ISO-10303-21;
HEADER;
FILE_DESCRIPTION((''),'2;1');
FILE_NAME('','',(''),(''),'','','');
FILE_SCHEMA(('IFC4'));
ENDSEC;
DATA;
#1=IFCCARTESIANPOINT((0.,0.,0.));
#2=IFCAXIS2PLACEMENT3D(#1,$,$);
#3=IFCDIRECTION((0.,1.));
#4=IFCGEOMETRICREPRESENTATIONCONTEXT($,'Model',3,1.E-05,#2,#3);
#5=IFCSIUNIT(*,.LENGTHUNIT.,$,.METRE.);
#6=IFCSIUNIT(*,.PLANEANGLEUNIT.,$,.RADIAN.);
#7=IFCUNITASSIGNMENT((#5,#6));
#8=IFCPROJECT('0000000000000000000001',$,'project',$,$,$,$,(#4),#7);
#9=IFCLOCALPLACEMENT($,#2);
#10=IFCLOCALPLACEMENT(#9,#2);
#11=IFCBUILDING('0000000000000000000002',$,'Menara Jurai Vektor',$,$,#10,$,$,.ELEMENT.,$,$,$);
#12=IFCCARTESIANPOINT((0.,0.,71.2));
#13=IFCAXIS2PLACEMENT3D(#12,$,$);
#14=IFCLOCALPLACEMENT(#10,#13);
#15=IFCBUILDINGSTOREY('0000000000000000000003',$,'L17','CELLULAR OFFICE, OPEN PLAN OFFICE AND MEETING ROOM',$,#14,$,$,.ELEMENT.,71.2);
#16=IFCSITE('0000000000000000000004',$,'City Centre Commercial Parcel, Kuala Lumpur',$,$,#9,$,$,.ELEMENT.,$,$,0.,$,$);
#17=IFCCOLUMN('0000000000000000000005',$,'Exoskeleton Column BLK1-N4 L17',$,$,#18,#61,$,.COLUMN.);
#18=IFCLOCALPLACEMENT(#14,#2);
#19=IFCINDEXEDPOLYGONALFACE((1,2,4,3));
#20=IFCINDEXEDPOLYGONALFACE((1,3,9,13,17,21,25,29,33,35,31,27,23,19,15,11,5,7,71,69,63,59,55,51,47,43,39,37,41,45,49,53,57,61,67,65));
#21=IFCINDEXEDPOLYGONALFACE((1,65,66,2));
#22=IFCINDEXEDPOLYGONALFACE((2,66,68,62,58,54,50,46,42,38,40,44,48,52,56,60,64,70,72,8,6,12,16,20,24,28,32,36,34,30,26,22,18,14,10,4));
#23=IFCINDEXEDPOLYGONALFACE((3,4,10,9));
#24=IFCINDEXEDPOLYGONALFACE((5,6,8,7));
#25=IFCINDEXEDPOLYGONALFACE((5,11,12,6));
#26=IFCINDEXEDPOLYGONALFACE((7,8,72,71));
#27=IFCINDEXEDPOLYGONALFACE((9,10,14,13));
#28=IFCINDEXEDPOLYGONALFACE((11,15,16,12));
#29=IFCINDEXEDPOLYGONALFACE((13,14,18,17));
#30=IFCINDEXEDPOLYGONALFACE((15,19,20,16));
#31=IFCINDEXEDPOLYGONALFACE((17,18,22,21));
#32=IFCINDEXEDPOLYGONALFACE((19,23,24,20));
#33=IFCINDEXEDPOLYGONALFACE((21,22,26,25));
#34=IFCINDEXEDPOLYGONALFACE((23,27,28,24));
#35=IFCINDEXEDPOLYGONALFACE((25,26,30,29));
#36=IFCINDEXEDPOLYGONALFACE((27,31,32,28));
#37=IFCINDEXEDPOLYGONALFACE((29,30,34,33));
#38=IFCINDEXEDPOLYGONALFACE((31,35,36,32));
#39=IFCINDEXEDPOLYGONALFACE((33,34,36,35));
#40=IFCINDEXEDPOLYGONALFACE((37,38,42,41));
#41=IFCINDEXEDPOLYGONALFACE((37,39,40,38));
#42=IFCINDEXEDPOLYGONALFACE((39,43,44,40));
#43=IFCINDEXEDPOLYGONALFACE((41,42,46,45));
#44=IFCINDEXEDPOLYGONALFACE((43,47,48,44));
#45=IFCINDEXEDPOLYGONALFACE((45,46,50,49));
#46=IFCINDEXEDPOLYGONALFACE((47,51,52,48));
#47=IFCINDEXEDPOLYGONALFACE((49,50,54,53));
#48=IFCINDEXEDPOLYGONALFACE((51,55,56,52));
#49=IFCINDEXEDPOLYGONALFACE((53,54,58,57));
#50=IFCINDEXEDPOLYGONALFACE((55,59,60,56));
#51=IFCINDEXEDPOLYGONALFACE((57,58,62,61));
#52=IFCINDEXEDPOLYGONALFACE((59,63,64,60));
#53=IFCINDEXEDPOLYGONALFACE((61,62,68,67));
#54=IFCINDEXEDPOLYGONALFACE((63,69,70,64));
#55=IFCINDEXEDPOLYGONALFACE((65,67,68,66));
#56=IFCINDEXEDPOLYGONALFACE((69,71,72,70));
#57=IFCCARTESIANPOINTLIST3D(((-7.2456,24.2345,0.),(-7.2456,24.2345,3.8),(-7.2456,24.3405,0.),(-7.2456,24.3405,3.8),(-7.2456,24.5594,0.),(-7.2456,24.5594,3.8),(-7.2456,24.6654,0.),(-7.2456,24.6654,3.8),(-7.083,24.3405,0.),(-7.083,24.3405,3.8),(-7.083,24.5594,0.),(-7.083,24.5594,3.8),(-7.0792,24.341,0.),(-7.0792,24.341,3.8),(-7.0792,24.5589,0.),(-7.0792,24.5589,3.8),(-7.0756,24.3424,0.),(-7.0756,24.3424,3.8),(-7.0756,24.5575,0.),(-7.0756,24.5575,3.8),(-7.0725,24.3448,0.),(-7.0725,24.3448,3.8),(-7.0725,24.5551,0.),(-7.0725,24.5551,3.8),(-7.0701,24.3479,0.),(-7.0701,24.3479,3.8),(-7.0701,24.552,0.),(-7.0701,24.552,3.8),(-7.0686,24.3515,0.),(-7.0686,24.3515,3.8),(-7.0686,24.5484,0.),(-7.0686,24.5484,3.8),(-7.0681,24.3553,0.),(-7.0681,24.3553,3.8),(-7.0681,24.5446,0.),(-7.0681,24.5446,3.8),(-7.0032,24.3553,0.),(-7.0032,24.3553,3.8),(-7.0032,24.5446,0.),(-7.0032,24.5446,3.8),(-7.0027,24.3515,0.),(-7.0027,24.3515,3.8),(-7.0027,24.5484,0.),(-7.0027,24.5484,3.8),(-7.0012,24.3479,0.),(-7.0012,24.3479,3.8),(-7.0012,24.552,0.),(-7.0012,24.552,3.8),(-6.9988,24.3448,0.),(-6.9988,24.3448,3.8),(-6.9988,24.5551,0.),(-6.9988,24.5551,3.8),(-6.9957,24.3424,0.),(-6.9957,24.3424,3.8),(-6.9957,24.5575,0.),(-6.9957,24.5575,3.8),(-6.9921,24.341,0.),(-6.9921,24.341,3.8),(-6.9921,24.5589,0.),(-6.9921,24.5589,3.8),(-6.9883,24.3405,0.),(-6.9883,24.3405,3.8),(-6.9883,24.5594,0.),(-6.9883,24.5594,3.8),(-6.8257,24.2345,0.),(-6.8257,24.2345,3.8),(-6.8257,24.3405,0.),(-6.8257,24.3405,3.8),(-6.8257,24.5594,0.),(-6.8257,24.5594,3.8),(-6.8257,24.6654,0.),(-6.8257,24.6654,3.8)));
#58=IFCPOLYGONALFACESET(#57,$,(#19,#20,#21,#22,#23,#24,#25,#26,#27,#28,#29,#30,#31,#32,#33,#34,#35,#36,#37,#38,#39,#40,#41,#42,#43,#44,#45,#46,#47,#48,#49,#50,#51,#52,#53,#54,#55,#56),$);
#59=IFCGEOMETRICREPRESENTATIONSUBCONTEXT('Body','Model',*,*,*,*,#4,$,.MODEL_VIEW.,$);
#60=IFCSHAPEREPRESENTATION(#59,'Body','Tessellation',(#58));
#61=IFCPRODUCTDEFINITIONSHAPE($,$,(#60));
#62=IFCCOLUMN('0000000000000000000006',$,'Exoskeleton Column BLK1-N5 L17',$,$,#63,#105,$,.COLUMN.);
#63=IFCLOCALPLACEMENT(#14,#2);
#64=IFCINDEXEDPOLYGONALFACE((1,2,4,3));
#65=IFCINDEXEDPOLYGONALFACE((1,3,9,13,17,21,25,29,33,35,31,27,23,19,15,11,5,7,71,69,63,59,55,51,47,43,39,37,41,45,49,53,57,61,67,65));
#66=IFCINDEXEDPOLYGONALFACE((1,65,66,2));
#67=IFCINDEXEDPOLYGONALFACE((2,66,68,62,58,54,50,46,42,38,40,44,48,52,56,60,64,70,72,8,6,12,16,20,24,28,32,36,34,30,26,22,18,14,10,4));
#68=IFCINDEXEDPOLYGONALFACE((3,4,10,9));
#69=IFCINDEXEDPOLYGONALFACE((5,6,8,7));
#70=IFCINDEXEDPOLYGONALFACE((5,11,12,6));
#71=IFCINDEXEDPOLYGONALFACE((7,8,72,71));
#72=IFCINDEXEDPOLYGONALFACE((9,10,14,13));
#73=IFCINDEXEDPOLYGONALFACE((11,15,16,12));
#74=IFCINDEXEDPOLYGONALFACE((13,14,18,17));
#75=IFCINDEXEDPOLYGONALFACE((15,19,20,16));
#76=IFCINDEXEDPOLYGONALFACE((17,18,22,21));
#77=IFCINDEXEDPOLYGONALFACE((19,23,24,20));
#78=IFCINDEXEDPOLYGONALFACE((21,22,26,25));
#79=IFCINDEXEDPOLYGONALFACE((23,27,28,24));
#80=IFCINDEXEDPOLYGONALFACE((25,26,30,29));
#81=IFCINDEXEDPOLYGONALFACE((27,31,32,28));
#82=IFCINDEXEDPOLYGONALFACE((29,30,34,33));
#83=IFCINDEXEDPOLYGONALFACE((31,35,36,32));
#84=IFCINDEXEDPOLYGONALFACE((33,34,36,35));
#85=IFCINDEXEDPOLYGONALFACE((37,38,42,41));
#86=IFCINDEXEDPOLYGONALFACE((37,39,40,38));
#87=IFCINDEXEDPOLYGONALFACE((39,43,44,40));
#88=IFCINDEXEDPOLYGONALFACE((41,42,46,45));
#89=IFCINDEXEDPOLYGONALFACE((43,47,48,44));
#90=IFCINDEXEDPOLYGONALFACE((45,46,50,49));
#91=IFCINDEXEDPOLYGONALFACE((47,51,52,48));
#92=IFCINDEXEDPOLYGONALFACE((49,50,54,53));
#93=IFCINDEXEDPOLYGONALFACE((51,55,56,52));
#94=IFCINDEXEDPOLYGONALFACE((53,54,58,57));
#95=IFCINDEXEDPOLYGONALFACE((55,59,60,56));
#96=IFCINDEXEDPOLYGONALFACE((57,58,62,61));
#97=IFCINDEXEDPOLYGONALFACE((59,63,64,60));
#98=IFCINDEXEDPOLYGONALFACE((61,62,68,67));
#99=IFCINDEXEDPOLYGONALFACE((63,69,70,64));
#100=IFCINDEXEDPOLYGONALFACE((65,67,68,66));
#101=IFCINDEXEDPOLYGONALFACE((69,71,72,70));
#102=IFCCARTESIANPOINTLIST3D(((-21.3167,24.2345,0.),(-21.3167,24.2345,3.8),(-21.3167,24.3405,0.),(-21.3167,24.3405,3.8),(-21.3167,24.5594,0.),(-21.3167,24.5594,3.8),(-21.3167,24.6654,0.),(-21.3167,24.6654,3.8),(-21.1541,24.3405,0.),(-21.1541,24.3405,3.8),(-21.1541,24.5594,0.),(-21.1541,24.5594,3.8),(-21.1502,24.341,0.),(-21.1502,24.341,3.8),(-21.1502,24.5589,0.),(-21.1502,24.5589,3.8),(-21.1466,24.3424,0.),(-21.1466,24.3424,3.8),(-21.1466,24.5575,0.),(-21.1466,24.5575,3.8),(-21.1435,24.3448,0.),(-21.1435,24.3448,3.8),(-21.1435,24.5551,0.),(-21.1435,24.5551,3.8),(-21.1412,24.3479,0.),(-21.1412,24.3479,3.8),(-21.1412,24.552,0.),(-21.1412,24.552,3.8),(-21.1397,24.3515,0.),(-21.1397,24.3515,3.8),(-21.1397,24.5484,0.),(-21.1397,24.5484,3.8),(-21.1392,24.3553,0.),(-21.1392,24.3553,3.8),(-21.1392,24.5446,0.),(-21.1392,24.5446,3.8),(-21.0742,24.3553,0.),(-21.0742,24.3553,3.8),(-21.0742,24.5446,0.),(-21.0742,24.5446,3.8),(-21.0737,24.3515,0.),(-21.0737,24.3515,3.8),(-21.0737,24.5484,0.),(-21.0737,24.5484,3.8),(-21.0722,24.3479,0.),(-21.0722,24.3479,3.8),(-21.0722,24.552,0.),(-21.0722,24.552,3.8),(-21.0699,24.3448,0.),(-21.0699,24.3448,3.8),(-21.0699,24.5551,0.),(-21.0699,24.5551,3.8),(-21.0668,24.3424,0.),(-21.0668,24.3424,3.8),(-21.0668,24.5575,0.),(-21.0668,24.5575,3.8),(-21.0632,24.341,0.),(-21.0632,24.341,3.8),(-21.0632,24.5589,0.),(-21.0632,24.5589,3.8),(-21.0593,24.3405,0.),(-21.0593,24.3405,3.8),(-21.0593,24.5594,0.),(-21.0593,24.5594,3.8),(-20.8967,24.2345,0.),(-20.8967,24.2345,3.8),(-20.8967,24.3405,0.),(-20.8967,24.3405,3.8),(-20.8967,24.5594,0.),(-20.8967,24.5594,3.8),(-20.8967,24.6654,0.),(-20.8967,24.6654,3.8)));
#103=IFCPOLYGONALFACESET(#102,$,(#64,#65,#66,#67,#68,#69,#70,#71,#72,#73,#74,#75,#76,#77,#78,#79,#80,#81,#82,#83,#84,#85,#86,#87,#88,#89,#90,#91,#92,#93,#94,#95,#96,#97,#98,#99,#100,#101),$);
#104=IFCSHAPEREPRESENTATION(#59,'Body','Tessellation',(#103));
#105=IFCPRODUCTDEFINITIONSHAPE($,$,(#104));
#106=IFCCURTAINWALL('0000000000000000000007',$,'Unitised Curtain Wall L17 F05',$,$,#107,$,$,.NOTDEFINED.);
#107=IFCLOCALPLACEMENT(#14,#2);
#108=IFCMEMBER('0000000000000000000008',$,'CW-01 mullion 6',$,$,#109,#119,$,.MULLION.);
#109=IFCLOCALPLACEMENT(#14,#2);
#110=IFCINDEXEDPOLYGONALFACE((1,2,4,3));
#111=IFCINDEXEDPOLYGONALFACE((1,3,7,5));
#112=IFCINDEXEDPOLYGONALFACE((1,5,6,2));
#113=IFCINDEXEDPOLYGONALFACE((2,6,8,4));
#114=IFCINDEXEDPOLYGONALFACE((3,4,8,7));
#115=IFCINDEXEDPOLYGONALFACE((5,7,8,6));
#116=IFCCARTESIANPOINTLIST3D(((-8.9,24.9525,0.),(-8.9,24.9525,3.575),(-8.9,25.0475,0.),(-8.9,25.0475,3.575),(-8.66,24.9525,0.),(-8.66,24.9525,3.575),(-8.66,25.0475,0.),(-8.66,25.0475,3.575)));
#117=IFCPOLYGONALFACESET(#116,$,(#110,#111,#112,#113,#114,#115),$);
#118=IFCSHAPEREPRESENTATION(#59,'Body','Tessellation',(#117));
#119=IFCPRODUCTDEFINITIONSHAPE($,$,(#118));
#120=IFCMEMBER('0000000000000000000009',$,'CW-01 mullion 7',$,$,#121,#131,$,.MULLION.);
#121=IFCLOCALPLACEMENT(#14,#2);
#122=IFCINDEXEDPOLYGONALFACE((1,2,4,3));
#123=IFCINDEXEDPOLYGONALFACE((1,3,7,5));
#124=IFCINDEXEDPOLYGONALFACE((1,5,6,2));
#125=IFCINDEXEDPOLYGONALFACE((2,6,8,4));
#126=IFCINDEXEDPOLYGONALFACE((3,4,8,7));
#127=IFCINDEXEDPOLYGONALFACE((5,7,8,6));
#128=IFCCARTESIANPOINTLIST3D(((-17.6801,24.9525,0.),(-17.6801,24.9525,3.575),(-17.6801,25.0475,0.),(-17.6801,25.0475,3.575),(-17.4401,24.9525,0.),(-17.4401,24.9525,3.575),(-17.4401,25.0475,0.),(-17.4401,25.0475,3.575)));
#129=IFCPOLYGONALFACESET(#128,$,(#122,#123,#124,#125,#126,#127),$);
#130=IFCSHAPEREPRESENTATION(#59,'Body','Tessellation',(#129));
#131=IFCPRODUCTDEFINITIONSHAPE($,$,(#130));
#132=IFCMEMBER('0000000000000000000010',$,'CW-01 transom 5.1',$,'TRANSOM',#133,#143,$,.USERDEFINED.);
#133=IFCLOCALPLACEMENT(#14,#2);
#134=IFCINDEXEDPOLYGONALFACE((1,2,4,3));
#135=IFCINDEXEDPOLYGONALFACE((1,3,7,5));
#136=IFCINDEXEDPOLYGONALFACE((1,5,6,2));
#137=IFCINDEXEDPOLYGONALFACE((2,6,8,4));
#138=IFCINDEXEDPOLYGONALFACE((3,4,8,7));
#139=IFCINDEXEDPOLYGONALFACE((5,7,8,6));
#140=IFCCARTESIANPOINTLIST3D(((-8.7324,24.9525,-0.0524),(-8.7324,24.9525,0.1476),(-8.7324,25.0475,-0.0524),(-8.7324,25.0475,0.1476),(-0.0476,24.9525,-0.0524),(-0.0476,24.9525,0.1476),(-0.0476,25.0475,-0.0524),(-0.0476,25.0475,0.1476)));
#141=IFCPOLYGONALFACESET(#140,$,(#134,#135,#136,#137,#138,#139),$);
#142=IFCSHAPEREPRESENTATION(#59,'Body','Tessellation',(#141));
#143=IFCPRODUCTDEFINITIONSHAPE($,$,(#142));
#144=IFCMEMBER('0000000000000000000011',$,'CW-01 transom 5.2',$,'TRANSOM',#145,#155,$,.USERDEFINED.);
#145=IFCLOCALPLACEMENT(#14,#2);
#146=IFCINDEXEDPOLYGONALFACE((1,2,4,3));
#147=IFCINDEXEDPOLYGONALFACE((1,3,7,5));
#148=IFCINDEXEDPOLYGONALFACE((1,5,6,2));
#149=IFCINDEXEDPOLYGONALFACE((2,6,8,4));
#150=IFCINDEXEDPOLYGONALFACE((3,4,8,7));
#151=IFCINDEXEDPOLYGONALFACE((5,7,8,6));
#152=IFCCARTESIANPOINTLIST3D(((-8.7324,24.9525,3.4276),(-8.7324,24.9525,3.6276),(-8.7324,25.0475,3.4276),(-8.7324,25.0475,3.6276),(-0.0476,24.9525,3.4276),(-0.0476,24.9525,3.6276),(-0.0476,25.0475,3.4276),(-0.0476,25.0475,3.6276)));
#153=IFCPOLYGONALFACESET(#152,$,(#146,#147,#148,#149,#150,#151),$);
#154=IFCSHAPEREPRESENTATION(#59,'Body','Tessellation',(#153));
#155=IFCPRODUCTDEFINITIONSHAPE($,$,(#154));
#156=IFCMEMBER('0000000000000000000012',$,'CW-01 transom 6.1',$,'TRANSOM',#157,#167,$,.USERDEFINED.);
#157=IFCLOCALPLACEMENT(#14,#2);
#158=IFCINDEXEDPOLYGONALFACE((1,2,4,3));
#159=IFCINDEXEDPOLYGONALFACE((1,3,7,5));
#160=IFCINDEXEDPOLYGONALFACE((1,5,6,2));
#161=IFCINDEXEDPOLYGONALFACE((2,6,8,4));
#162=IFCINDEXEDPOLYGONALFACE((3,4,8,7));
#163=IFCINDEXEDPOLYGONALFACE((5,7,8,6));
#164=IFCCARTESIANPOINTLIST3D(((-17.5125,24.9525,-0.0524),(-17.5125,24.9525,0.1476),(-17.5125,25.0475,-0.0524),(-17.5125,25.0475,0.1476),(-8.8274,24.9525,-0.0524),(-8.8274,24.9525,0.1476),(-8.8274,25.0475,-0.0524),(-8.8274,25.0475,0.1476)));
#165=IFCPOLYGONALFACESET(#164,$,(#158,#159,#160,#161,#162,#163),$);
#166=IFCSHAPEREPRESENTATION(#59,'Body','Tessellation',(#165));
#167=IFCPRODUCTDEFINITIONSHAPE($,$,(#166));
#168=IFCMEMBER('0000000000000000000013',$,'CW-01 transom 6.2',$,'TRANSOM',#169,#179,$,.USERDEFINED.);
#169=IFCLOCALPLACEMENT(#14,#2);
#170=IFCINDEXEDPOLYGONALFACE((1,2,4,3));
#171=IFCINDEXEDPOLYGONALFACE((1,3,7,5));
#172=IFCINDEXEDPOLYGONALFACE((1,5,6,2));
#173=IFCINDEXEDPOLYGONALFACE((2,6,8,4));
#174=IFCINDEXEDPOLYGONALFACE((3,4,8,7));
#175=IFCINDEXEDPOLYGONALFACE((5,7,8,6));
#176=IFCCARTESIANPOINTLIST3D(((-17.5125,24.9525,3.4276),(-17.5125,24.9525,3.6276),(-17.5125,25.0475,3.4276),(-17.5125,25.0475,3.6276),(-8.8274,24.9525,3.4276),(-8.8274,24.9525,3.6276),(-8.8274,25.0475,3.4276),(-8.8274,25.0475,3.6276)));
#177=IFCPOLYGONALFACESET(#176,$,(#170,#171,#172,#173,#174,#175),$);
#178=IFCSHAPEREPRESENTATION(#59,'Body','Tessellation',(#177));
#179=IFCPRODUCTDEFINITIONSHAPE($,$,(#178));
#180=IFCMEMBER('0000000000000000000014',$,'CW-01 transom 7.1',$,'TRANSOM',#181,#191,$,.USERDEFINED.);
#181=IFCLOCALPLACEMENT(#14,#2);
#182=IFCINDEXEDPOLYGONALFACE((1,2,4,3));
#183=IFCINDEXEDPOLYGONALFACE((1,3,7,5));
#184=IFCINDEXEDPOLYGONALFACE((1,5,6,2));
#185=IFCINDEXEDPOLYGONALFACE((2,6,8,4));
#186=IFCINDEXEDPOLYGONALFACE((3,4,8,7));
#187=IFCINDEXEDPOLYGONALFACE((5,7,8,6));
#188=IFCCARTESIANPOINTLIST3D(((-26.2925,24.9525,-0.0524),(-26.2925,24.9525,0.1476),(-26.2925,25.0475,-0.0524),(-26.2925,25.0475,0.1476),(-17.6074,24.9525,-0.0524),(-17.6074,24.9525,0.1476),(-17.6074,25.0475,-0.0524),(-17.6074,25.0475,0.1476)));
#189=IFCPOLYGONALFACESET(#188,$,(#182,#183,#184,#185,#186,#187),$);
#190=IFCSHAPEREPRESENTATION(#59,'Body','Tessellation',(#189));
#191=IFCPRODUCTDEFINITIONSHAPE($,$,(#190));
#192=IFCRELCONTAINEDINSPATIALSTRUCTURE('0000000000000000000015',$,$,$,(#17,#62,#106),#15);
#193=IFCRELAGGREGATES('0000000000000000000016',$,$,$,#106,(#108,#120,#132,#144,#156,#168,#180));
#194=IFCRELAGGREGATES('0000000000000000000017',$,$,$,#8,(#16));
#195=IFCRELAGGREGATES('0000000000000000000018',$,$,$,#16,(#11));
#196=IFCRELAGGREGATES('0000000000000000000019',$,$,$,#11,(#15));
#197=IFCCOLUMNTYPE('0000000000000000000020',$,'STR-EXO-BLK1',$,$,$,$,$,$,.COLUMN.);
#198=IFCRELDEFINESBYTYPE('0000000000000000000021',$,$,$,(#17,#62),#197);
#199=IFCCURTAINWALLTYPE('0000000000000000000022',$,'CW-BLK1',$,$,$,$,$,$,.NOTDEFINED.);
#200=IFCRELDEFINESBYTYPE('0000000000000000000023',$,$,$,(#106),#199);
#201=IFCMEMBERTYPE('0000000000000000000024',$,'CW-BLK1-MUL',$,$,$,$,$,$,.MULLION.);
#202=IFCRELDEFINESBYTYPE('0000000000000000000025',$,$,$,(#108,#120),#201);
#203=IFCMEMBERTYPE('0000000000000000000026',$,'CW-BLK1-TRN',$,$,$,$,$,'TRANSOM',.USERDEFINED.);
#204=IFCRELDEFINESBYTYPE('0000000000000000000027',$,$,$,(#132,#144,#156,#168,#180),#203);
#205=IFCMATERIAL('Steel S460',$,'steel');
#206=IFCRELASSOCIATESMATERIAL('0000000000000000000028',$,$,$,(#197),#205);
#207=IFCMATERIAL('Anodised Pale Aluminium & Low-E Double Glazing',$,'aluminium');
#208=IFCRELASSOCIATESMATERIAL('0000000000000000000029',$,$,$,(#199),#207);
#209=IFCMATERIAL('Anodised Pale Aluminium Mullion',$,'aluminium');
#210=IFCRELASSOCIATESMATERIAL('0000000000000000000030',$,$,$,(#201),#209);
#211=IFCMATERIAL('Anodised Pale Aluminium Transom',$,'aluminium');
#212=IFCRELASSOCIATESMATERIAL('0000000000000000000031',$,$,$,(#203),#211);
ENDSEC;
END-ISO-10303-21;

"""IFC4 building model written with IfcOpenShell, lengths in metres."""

from ifc_helpers import new_model, si_unit, direction, frame, origin, origin_2d, place, context, subcontext, project, spatial, rectangle, i_section, extrude, material, material_profile, profile_set, type_object, element, aggregate, save


model = new_model("IFC4")

# Units and contexts
model_context = context("Model", 3, precision=1e-05, world=origin(), true_north=direction((0.0, 1.0)))
body_context = subcontext(model_context, "Body", "Model", "MODEL_VIEW")
ifc_project = project(units=[si_unit("LENGTHUNIT", "METRE"), si_unit("PLANEANGLEUNIT", "RADIAN")], contexts=[model_context])

# Site, building, storey
site_placement = place(None, origin())
site = spatial("IfcSite", under=ifc_project, at=site_placement, Name="City Centre Commercial Parcel, Kuala Lumpur", CompositionType="ELEMENT", RefElevation=0.0)
building_placement = place(site_placement, origin())
building = spatial("IfcBuilding", under=site, at=building_placement, Name="Menara Jurai Vektor", CompositionType="ELEMENT")
storey_placement = place(building_placement, frame((0.0, 0.0, 71.2)))
storey = spatial("IfcBuildingStorey", under=building, at=storey_placement, Name="L17", Description="CELLULAR OFFICE, OPEN PLAN OFFICE AND MEETING ROOM", CompositionType="ELEMENT", Elevation=71.2)

# Columns
ifc_material_1 = material(Name="Steel S460", Category="steel")
ifc_material_profile_1 = material_profile(ifc_material_1, i_section(OverallWidth=0.4199, OverallDepth=0.4309, WebThickness=0.0649, FlangeThickness=0.106, FilletRadius=0.0149, at=origin_2d()), Name="HD 400x900")
ifc_profile_set_1 = profile_set([ifc_material_profile_1], Name="Steel S460")
column_type = type_object("IfcColumnType", Name="STR-EXO-BLK1", PredefinedType="COLUMN", material=ifc_profile_set_1)
for number, where, z_axis, x_axis, name in (
    (1, (-7.0356, 24.45, 0.0), (0.0, 0.0, 1.0), (1.0, 0.0, 0.0), "Exoskeleton Column BLK1-N4 L17"),
    (2, (-21.1067, 24.45, 0.0), (0.0, 0.0, 1.0), (1.0, 0.0, 0.0), "Exoskeleton Column BLK1-N5 L17"),
):
    element("IfcColumn", number, at=place(storey_placement, frame(where, z_axis=z_axis, x_axis=x_axis)), inside=storey, type_object=column_type, Name=name, PredefinedType="COLUMN", context=body_context, shape_type="SweptSolid", body=[
        extrude(i_section(OverallWidth=0.4199, OverallDepth=0.4309, WebThickness=0.0649, FlangeThickness=0.106, FilletRadius=0.0149, at=origin_2d()), origin(), (0.0, 0.0, 1.0), 3.8),
    ])

# Curtain wall, members
ifc_material_2 = material(Name="Anodised Pale Aluminium & Low-E Double Glazing", Category="aluminium")
curtain_wall_type = type_object("IfcCurtainWallType", Name="CW-BLK1", PredefinedType="NOTDEFINED", material=ifc_material_2)
curtain_wall_placement = place(storey_placement, origin())
curtain_wall = element("IfcCurtainWall", 3, at=curtain_wall_placement, inside=storey, type_object=curtain_wall_type, Name="Unitised Curtain Wall L17 F05", PredefinedType="NOTDEFINED")
ifc_material_3 = material(Name="Anodised Pale Aluminium Mullion", Category="aluminium")
ifc_material_profile_2 = material_profile(ifc_material_3, rectangle(XDim=0.095, YDim=0.24, at=origin_2d()), Name="ALU MUL 95x240")
ifc_profile_set_2 = profile_set([ifc_material_profile_2], Name="Anodised Pale Aluminium Mullion")
member_type_1 = type_object("IfcMemberType", Name="CW-BLK1-MUL", PredefinedType="MULLION", material=ifc_profile_set_2)
member_1_placement = place(storey_placement, frame((-8.78, 25.0, 0.0), z_axis=(0.0, 0.0, 1.0), x_axis=(0.0, -1.0, 0.0)))
member_1 = element("IfcMember", 4, at=member_1_placement, type_object=member_type_1, Name="CW-01 mullion 6", PredefinedType="MULLION", context=body_context, shape_type="SweptSolid", body=[
    extrude(rectangle(XDim=0.095, YDim=0.24, at=origin_2d()), origin(), (0.0, 0.0, 1.0), 3.575),
])
member_2_placement = place(storey_placement, frame((-17.5601, 25.0, 0.0), z_axis=(0.0, 0.0, 1.0), x_axis=(0.0, -1.0, 0.0)))
member_2 = element("IfcMember", 5, at=member_2_placement, type_object=member_type_1, Name="CW-01 mullion 7", PredefinedType="MULLION", context=body_context, shape_type="SweptSolid", body=[
    extrude(rectangle(XDim=0.095, YDim=0.24, at=origin_2d()), origin(), (0.0, 0.0, 1.0), 3.575),
])
ifc_material_4 = material(Name="Anodised Pale Aluminium Transom", Category="aluminium")
ifc_material_profile_3 = material_profile(ifc_material_4, rectangle(XDim=0.095, YDim=0.2, at=origin_2d()), Name="ALU TRN 95x200")
ifc_profile_set_3 = profile_set([ifc_material_profile_3], Name="Anodised Pale Aluminium Transom")
member_type_2 = type_object("IfcMemberType", Name="CW-BLK1-TRN", ElementType="TRANSOM", PredefinedType="USERDEFINED", material=ifc_profile_set_3)
member_3_placement = place(storey_placement, frame((-0.0476, 25.0, 0.0476), z_axis=(-1.0, 0.0, 0.0), x_axis=(0.0, -1.0, 0.0)))
member_3 = element("IfcMember", 6, at=member_3_placement, type_object=member_type_2, Name="CW-01 transom 5.1", ObjectType="TRANSOM", PredefinedType="USERDEFINED", context=body_context, shape_type="SweptSolid", body=[
    extrude(rectangle(XDim=0.095, YDim=0.2, at=origin_2d()), origin(), (0.0, 0.0, 1.0), 8.6848),
])
member_4_placement = place(storey_placement, frame((-0.0476, 25.0, 3.5276), z_axis=(-1.0, 0.0, 0.0), x_axis=(0.0, -1.0, 0.0)))
member_4 = element("IfcMember", 7, at=member_4_placement, type_object=member_type_2, Name="CW-01 transom 5.2", ObjectType="TRANSOM", PredefinedType="USERDEFINED", context=body_context, shape_type="SweptSolid", body=[
    extrude(rectangle(XDim=0.095, YDim=0.2, at=origin_2d()), origin(), (0.0, 0.0, 1.0), 8.6848),
])
member_5_placement = place(storey_placement, frame((-8.8274, 25.0, 0.0476), z_axis=(-1.0, 0.0, 0.0), x_axis=(0.0, -1.0, 0.0)))
member_5 = element("IfcMember", 8, at=member_5_placement, type_object=member_type_2, Name="CW-01 transom 6.1", ObjectType="TRANSOM", PredefinedType="USERDEFINED", context=body_context, shape_type="SweptSolid", body=[
    extrude(rectangle(XDim=0.095, YDim=0.2, at=origin_2d()), origin(), (0.0, 0.0, 1.0), 8.6851),
])
member_6_placement = place(storey_placement, frame((-8.8274, 25.0, 3.5276), z_axis=(-1.0, 0.0, 0.0), x_axis=(0.0, -1.0, 0.0)))
member_6 = element("IfcMember", 9, at=member_6_placement, type_object=member_type_2, Name="CW-01 transom 6.2", ObjectType="TRANSOM", PredefinedType="USERDEFINED", context=body_context, shape_type="SweptSolid", body=[
    extrude(rectangle(XDim=0.095, YDim=0.2, at=origin_2d()), origin(), (0.0, 0.0, 1.0), 8.6851),
])
member_7_placement = place(storey_placement, frame((-17.6074, 25.0, 0.0476), z_axis=(-1.0, 0.0, 0.0), x_axis=(0.0, -1.0, 0.0)))
member_7 = element("IfcMember", 10, at=member_7_placement, type_object=member_type_2, Name="CW-01 transom 7.1", ObjectType="TRANSOM", PredefinedType="USERDEFINED", context=body_context, shape_type="SweptSolid", body=[
    extrude(rectangle(XDim=0.095, YDim=0.2, at=origin_2d()), origin(), (0.0, 0.0, 1.0), 8.6851),
])

aggregate(curtain_wall, [member_1, member_2, member_3, member_4, member_5, member_6, member_7])

save(model, "model.ifc")
